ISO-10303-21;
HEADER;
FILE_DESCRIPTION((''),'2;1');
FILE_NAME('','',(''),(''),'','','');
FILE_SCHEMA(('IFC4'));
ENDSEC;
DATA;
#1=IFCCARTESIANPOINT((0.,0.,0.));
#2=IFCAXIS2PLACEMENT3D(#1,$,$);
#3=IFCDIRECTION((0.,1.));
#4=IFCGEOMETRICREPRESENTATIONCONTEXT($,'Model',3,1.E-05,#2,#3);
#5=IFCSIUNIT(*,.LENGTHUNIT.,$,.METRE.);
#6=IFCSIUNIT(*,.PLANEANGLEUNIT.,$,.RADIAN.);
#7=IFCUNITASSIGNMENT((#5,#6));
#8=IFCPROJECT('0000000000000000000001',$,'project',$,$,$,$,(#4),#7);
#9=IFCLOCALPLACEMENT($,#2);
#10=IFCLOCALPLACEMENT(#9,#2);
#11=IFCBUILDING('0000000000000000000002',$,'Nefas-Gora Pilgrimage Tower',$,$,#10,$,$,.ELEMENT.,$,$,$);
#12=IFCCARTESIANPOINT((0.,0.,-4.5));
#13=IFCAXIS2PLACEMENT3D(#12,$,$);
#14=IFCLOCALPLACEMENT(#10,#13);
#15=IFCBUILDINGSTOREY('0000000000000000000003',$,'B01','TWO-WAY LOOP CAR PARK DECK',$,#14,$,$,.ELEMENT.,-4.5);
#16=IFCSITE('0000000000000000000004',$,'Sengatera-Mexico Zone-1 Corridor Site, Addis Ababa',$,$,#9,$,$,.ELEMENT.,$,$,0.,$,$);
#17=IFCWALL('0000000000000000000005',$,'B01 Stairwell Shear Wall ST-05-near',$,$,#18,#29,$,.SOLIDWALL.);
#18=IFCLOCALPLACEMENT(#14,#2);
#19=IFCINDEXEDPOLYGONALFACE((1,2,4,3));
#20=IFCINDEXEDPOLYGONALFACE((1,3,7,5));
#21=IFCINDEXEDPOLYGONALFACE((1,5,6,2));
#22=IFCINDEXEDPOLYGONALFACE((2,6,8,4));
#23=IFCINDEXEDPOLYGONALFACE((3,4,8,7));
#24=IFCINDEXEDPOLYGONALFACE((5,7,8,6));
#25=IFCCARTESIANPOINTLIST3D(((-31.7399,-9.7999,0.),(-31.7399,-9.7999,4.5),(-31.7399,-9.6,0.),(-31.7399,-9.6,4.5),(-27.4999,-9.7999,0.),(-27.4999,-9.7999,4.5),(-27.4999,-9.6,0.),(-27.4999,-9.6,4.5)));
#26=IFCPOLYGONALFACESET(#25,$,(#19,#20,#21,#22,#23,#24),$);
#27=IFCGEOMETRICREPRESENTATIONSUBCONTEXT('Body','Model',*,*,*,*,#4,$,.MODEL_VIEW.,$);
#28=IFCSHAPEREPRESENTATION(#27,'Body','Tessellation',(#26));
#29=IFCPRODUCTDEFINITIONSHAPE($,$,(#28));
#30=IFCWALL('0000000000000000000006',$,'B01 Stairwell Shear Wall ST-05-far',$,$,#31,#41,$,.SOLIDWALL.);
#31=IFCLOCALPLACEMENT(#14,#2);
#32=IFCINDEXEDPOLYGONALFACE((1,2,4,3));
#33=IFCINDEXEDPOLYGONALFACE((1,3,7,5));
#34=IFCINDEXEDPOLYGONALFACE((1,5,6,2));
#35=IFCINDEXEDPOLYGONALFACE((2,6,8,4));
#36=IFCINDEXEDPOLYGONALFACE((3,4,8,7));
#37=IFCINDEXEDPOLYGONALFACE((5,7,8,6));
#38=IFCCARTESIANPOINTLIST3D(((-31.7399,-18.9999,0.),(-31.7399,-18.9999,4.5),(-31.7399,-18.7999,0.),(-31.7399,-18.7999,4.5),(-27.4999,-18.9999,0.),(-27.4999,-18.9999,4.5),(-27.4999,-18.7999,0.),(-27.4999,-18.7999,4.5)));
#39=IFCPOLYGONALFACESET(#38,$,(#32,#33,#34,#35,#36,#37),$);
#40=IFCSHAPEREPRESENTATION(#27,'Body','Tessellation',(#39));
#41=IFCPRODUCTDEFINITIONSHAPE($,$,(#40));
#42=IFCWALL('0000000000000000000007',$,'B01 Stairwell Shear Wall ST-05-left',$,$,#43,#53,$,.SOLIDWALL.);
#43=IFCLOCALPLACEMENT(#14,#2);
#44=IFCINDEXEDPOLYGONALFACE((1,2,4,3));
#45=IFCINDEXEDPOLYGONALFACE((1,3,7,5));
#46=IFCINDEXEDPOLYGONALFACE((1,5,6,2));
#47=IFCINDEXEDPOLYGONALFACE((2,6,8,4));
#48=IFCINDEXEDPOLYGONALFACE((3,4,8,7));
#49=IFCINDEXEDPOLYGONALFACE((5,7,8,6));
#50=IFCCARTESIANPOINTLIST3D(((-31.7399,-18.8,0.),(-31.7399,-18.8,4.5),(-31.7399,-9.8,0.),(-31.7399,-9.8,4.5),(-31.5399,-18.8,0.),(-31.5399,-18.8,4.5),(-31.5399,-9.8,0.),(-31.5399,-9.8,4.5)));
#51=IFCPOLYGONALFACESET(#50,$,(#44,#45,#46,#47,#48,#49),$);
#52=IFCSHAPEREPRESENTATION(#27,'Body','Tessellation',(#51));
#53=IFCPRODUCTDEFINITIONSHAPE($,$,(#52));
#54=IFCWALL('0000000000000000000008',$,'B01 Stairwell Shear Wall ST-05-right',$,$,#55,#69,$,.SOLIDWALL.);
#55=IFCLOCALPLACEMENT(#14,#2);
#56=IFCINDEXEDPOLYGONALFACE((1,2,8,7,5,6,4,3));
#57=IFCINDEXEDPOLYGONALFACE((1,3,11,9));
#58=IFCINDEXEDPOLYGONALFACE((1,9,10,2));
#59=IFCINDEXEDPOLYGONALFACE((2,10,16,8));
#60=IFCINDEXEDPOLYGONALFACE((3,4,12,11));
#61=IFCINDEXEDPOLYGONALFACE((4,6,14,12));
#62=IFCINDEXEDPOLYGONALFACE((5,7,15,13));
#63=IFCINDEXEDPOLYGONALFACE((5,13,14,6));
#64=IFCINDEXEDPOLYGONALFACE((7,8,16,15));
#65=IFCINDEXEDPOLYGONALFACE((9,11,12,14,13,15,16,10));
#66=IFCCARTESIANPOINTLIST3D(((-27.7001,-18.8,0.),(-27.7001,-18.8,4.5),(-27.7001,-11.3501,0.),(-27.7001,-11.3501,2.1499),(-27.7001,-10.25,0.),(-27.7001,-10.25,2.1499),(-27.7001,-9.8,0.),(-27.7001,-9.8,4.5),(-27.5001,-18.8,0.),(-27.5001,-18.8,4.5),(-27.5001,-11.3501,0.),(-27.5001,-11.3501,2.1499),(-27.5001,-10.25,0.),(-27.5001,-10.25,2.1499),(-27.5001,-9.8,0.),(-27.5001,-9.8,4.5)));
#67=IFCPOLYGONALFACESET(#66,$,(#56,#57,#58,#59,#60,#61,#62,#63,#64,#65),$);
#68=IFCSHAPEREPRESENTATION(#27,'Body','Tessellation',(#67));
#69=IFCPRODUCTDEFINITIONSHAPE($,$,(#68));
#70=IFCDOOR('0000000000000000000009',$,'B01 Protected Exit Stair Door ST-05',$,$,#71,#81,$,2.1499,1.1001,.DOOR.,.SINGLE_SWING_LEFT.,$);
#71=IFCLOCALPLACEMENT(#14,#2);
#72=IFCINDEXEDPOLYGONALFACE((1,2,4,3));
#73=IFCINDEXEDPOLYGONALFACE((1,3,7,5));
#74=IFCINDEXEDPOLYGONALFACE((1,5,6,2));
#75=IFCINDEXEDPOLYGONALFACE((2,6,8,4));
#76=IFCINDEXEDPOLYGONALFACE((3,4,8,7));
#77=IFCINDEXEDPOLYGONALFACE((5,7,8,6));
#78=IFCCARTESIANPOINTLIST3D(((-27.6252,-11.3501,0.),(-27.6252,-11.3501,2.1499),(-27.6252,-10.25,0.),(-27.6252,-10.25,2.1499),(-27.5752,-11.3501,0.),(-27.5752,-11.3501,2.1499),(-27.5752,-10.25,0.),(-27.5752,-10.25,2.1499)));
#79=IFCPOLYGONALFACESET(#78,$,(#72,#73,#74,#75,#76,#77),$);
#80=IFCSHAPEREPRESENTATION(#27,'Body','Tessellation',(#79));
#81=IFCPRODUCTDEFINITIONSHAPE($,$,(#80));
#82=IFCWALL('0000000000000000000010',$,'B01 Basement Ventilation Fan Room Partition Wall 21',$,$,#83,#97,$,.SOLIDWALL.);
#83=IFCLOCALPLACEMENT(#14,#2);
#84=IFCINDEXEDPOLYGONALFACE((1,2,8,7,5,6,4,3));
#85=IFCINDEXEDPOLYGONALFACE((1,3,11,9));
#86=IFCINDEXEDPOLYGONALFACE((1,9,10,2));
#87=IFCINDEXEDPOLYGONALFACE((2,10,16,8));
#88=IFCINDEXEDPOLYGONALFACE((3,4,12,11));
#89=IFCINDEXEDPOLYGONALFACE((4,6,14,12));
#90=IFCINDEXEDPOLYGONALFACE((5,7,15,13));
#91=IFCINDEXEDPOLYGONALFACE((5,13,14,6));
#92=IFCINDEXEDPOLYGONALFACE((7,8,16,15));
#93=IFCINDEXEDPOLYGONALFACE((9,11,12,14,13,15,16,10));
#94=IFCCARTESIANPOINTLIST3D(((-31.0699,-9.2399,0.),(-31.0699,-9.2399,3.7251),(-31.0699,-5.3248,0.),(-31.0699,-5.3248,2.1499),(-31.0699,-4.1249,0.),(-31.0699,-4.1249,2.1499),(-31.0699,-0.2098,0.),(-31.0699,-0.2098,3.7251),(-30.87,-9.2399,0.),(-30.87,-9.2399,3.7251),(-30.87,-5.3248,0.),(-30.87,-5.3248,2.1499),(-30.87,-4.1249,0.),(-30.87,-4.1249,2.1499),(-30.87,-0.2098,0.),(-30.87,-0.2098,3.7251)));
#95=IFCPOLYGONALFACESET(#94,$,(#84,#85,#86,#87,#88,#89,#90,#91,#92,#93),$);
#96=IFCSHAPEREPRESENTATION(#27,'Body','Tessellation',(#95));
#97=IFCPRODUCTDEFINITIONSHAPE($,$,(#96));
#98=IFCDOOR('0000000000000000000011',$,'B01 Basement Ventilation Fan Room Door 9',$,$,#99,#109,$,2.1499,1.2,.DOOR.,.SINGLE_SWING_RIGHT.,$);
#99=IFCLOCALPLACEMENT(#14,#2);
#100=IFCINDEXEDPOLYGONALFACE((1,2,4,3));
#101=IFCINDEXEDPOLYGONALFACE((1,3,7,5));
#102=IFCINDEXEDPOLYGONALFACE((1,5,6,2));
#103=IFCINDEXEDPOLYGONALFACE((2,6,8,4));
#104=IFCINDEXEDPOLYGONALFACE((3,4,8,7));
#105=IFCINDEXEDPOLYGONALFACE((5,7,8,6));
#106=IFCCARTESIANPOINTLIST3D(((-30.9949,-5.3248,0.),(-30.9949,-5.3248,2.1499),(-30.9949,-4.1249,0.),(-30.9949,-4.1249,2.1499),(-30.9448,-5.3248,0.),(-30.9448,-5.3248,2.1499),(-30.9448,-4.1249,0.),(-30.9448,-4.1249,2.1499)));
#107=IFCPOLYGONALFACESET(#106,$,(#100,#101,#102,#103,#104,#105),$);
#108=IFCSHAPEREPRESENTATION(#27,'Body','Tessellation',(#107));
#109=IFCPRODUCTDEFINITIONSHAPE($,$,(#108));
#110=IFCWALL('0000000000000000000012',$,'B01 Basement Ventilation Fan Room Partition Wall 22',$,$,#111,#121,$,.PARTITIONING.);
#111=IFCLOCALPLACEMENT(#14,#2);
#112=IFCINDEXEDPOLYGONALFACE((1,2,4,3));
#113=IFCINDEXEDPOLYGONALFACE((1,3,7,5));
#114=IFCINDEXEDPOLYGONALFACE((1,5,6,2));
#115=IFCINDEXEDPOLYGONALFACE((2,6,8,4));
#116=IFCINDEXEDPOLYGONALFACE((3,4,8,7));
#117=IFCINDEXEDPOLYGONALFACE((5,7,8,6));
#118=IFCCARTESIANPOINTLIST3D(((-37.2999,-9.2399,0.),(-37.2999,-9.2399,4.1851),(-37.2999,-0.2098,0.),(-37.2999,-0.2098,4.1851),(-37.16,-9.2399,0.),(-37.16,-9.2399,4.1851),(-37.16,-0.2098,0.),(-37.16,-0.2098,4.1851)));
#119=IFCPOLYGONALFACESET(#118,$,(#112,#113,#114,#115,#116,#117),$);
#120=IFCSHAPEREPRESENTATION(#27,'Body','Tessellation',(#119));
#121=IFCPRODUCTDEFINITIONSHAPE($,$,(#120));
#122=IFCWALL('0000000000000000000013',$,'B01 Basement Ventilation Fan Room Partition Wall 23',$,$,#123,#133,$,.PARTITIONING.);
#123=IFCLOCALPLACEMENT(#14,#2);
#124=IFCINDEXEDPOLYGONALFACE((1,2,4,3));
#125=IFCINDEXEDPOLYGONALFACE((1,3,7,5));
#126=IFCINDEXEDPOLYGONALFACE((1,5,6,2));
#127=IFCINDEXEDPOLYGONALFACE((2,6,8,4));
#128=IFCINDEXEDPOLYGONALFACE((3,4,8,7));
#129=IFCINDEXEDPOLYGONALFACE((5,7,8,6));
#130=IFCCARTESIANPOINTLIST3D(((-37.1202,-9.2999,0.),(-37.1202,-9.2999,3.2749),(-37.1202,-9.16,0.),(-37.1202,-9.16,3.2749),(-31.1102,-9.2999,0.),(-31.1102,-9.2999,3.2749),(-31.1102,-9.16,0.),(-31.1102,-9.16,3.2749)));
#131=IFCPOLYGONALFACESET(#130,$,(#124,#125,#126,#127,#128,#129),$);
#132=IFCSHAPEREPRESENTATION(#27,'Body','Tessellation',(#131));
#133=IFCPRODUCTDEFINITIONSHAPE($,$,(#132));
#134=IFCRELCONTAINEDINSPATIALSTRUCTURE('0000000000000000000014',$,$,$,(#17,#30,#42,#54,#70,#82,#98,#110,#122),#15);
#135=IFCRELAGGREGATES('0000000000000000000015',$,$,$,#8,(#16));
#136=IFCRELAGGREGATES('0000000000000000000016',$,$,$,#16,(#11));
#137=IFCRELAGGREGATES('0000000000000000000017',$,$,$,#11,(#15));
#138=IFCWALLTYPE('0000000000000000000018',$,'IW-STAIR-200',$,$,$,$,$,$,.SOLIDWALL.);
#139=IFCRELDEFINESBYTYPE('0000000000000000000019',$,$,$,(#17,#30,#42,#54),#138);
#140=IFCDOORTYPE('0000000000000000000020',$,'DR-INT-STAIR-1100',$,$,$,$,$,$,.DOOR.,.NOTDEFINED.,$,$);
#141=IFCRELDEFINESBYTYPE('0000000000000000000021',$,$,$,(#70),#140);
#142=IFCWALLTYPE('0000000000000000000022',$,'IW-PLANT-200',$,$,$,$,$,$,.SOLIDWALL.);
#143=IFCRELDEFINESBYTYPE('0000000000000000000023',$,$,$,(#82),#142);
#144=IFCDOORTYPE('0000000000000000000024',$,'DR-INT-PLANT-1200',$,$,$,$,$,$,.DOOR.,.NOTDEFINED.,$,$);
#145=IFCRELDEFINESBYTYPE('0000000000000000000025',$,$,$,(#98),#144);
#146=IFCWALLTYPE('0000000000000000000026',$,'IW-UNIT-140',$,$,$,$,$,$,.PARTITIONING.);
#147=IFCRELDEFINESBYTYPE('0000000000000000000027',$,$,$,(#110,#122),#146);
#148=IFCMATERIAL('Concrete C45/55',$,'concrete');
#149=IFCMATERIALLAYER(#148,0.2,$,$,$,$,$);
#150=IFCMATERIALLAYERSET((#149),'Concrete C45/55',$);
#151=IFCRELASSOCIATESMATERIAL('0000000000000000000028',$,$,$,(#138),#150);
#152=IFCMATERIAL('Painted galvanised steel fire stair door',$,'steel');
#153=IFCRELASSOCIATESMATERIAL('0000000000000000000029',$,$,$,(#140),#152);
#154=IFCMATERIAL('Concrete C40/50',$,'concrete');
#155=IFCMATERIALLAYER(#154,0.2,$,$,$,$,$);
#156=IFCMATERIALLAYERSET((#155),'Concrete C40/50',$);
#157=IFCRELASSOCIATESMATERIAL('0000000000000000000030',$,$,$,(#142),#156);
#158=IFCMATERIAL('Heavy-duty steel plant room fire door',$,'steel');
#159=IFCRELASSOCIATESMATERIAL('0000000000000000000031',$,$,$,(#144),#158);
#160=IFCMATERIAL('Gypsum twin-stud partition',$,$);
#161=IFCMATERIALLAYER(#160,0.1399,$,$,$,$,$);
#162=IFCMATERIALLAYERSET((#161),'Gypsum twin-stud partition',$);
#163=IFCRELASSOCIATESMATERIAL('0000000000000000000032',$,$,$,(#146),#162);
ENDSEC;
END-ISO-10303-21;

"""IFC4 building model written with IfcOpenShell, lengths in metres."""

from ifc_helpers import new_model, si_unit, direction, frame, frame_2d, origin, place, context, subcontext, project, spatial, rectangle, extrude, source, transform, mapped, material, layer, layer_set, type_object, element, fill, save


model = new_model("IFC4")

# Units and contexts
model_context = context("Model", 3, precision=1e-05, world=origin(), true_north=direction((0.0, 1.0)))
body_context = subcontext(model_context, "Body", "Model", "MODEL_VIEW")
ifc_project = project(units=[si_unit("LENGTHUNIT", "METRE"), si_unit("PLANEANGLEUNIT", "RADIAN")], contexts=[model_context])

# Site, building, storey
site_placement = place(None, origin())
site = spatial("IfcSite", under=ifc_project, at=site_placement, Name="Sengatera-Mexico Zone-1 Corridor Site, Addis Ababa", CompositionType="ELEMENT", RefElevation=0.0)
building_placement = place(site_placement, origin())
building = spatial("IfcBuilding", under=site, at=building_placement, Name="Nefas-Gora Pilgrimage Tower", CompositionType="ELEMENT")
storey_placement = place(building_placement, frame((0.0, 0.0, -4.5)))
storey = spatial("IfcBuildingStorey", under=building, at=storey_placement, Name="B01", Description="TWO-WAY LOOP CAR PARK DECK", CompositionType="ELEMENT", Elevation=-4.5)

# Walls
ifc_material_1 = material(Name="Concrete C45/55", Category="concrete")
ifc_layer_1 = layer(ifc_material_1, 0.2)
ifc_layer_set_1 = layer_set([ifc_layer_1], Name="Concrete C45/55")
wall_type_1 = type_object("IfcWallType", Name="IW-STAIR-200", PredefinedType="SOLIDWALL", material=ifc_layer_set_1)
shared_shape_1 = source(origin(), body_context, "Body", "SweptSolid", [
    extrude(rectangle(XDim=4.24, YDim=0.2, at=frame_2d((2.1201, 0.0))), origin(), (0.0, 0.0, 1.0), 4.5),
])
for number, where, z_axis, x_axis, name in (
    (1, (-31.74, -9.7, 0.0), (0.0, 0.0, 1.0), (1.0, 0.0, 0.0), "B01 Stairwell Shear Wall ST-05-near"),
    (2, (-31.74, -18.8999, 0.0), (0.0, 0.0, 1.0), (1.0, 0.0, 0.0), "B01 Stairwell Shear Wall ST-05-far"),
):
    element("IfcWall", number, at=place(storey_placement, frame(where, z_axis=z_axis, x_axis=x_axis)), inside=storey, type_object=wall_type_1, Name=name, PredefinedType="SOLIDWALL", context=body_context, shape_type="MappedRepresentation", body=[
        mapped(shared_shape_1, transform((0.0, 0.0, 0.0), x_axis=(1.0, 0.0, 0.0), y_axis=(0.0, 1.0, 0.0), z_axis=(0.0, 0.0, 1.0), scale=1.0)),
    ])
shared_shape_2 = source(origin(), body_context, "Body", "SweptSolid", [
    extrude(rectangle(XDim=9.0, YDim=0.2, at=frame_2d((4.5, 0.0))), origin(), (0.0, 0.0, 1.0), 4.5),
])
wall_1_placement = place(storey_placement, frame((-31.6399, -9.8, 0.0), z_axis=(0.0, 0.0, 1.0), x_axis=(0.0, -1.0, 0.0)))
element("IfcWall", 3, at=wall_1_placement, inside=storey, type_object=wall_type_1, Name="B01 Stairwell Shear Wall ST-05-left", PredefinedType="SOLIDWALL", context=body_context, shape_type="MappedRepresentation", body=[
    mapped(shared_shape_2, transform((0.0, 0.0, 0.0), x_axis=(1.0, 0.0, 0.0), y_axis=(0.0, 1.0, 0.0), z_axis=(0.0, 0.0, 1.0), scale=1.0)),
])

# Walls, openings, doors
wall_2_placement = place(storey_placement, frame((-27.6001, -9.8, 0.0), z_axis=(0.0, 0.0, 1.0), x_axis=(0.0, -1.0, 0.0)))
wall_2 = element("IfcWall", 4, at=wall_2_placement, inside=storey, type_object=wall_type_1, Name="B01 Stairwell Shear Wall ST-05-right", PredefinedType="SOLIDWALL", context=body_context, shape_type="MappedRepresentation", body=[
    mapped(shared_shape_2, transform((0.0, 0.0, 0.0), x_axis=(1.0, 0.0, 0.0), y_axis=(0.0, 1.0, 0.0), z_axis=(0.0, 0.0, 1.0), scale=1.0)),
])
opening_1_placement = place(wall_2_placement, frame((0.45, 0.0, 0.0)))
opening_1 = element("IfcOpeningElement", 5, at=opening_1_placement, cuts=wall_2, PredefinedType="OPENING", context=body_context, shape_type="SweptSolid", body=[
    extrude(rectangle(XDim=1.1001, YDim=2.1499, at=frame_2d((0.55, 1.075))), frame((0.0, 0.1099, 0.0), z_axis=(0.0, -1.0, 0.0), x_axis=(1.0, 0.0, 0.0)), (0.0, 0.0, 1.0), 0.22),
])
ifc_material_2 = material(Name="Painted galvanised steel fire stair door", Category="steel")
door_type_1 = type_object("IfcDoorType", Name="DR-INT-STAIR-1100", OperationType="NOTDEFINED", PredefinedType="DOOR", material=ifc_material_2)
shared_shape_3 = source(origin(), body_context, "Body", "SweptSolid", [
    extrude(rectangle(XDim=1.1001, YDim=2.1499, at=frame_2d((0.55, 1.075))), frame((0.0, 0.0249, 0.0), z_axis=(0.0, -1.0, 0.0), x_axis=(1.0, 0.0, 0.0)), (0.0, 0.0, 1.0), 0.05),
])
door_1_placement = place(opening_1_placement, origin())
door_1 = element("IfcDoor", 6, at=door_1_placement, inside=storey, type_object=door_type_1, Name="B01 Protected Exit Stair Door ST-05", OperationType="SINGLE_SWING_LEFT", OverallHeight=2.1499, OverallWidth=1.1001, PredefinedType="DOOR", context=body_context, shape_type="MappedRepresentation", body=[
    mapped(shared_shape_3, transform((0.0, 0.0, 0.0), x_axis=(1.0, 0.0, 0.0), y_axis=(0.0, 1.0, 0.0), z_axis=(0.0, 0.0, 1.0), scale=1.0)),
])
fill(opening_1, door_1)
ifc_material_3 = material(Name="Concrete C40/50", Category="concrete")
ifc_layer_2 = layer(ifc_material_3, 0.2)
ifc_layer_set_2 = layer_set([ifc_layer_2], Name="Concrete C40/50")
wall_type_2 = type_object("IfcWallType", Name="IW-PLANT-200", PredefinedType="SOLIDWALL", material=ifc_layer_set_2)
shared_shape_4 = source(origin(), body_context, "Body", "SweptSolid", [
    extrude(rectangle(XDim=9.03, YDim=0.2, at=frame_2d((4.5151, 0.0))), origin(), (0.0, 0.0, 1.0), 3.7251),
])
wall_3_placement = place(storey_placement, frame((-30.97, -9.24, 0.0), z_axis=(0.0, 0.0, 1.0), x_axis=(0.0, 1.0, 0.0)))
wall_3 = element("IfcWall", 7, at=wall_3_placement, inside=storey, type_object=wall_type_2, Name="B01 Basement Ventilation Fan Room Partition Wall 21", PredefinedType="SOLIDWALL", context=body_context, shape_type="MappedRepresentation", body=[
    mapped(shared_shape_4, transform((0.0, 0.0, 0.0), x_axis=(1.0, 0.0, 0.0), y_axis=(0.0, 1.0, 0.0), z_axis=(0.0, 0.0, 1.0), scale=1.0)),
])
opening_2_placement = place(wall_3_placement, frame((3.915, 0.0, 0.0)))
opening_2 = element("IfcOpeningElement", 8, at=opening_2_placement, cuts=wall_3, PredefinedType="OPENING", context=body_context, shape_type="SweptSolid", body=[
    extrude(rectangle(XDim=1.2, YDim=2.1499, at=frame_2d((0.6001, 1.075))), frame((0.0, 0.1099, 0.0), z_axis=(0.0, -1.0, 0.0), x_axis=(1.0, 0.0, 0.0)), (0.0, 0.0, 1.0), 0.22),
])
ifc_material_4 = material(Name="Heavy-duty steel plant room fire door", Category="steel")
door_type_2 = type_object("IfcDoorType", Name="DR-INT-PLANT-1200", OperationType="NOTDEFINED", PredefinedType="DOOR", material=ifc_material_4)
shared_shape_5 = source(origin(), body_context, "Body", "SweptSolid", [
    extrude(rectangle(XDim=1.2, YDim=2.1499, at=frame_2d((0.6001, 1.075))), frame((0.0, 0.0249, 0.0), z_axis=(0.0, -1.0, 0.0), x_axis=(1.0, 0.0, 0.0)), (0.0, 0.0, 1.0), 0.05),
])
door_2_placement = place(opening_2_placement, origin())
door_2 = element("IfcDoor", 9, at=door_2_placement, inside=storey, type_object=door_type_2, Name="B01 Basement Ventilation Fan Room Door 9", OperationType="SINGLE_SWING_RIGHT", OverallHeight=2.1499, OverallWidth=1.2, PredefinedType="DOOR", context=body_context, shape_type="MappedRepresentation", body=[
    mapped(shared_shape_5, transform((0.0, 0.0, 0.0), x_axis=(1.0, 0.0, 0.0), y_axis=(0.0, 1.0, 0.0), z_axis=(0.0, 0.0, 1.0), scale=1.0)),
])
fill(opening_2, door_2)

# Walls
ifc_material_5 = material(Name="Gypsum twin-stud partition")
ifc_layer_3 = layer(ifc_material_5, 0.1399)
ifc_layer_set_3 = layer_set([ifc_layer_3], Name="Gypsum twin-stud partition")
wall_type_3 = type_object("IfcWallType", Name="IW-UNIT-140", PredefinedType="PARTITIONING", material=ifc_layer_set_3)
shared_shape_6 = source(origin(), body_context, "Body", "SweptSolid", [
    extrude(rectangle(XDim=9.03, YDim=0.1399, at=frame_2d((4.5151, 0.0))), origin(), (0.0, 0.0, 1.0), 4.1851),
])
wall_4_placement = place(storey_placement, frame((-37.23, -9.24, 0.0), z_axis=(0.0, 0.0, 1.0), x_axis=(0.0, 1.0, 0.0)))
element("IfcWall", 10, at=wall_4_placement, inside=storey, type_object=wall_type_3, Name="B01 Basement Ventilation Fan Room Partition Wall 22", PredefinedType="PARTITIONING", context=body_context, shape_type="MappedRepresentation", body=[
    mapped(shared_shape_6, transform((0.0, 0.0, 0.0), x_axis=(1.0, 0.0, 0.0), y_axis=(0.0, 1.0, 0.0), z_axis=(0.0, 0.0, 1.0), scale=1.0)),
])
shared_shape_7 = source(origin(), body_context, "Body", "SweptSolid", [
    extrude(rectangle(XDim=6.01, YDim=0.1399, at=frame_2d((3.0049, 0.0))), origin(), (0.0, 0.0, 1.0), 3.2749),
])
wall_5_placement = place(storey_placement, frame((-37.1201, -9.23, 0.0), z_axis=(0.0, 0.0, 1.0), x_axis=(1.0, 0.0, 0.0)))
element("IfcWall", 11, at=wall_5_placement, inside=storey, type_object=wall_type_3, Name="B01 Basement Ventilation Fan Room Partition Wall 23", PredefinedType="PARTITIONING", context=body_context, shape_type="MappedRepresentation", body=[
    mapped(shared_shape_7, transform((0.0, 0.0, 0.0), x_axis=(1.0, 0.0, 0.0), y_axis=(0.0, 1.0, 0.0), z_axis=(0.0, 0.0, 1.0), scale=1.0)),
])

save(model, "model.ifc")
